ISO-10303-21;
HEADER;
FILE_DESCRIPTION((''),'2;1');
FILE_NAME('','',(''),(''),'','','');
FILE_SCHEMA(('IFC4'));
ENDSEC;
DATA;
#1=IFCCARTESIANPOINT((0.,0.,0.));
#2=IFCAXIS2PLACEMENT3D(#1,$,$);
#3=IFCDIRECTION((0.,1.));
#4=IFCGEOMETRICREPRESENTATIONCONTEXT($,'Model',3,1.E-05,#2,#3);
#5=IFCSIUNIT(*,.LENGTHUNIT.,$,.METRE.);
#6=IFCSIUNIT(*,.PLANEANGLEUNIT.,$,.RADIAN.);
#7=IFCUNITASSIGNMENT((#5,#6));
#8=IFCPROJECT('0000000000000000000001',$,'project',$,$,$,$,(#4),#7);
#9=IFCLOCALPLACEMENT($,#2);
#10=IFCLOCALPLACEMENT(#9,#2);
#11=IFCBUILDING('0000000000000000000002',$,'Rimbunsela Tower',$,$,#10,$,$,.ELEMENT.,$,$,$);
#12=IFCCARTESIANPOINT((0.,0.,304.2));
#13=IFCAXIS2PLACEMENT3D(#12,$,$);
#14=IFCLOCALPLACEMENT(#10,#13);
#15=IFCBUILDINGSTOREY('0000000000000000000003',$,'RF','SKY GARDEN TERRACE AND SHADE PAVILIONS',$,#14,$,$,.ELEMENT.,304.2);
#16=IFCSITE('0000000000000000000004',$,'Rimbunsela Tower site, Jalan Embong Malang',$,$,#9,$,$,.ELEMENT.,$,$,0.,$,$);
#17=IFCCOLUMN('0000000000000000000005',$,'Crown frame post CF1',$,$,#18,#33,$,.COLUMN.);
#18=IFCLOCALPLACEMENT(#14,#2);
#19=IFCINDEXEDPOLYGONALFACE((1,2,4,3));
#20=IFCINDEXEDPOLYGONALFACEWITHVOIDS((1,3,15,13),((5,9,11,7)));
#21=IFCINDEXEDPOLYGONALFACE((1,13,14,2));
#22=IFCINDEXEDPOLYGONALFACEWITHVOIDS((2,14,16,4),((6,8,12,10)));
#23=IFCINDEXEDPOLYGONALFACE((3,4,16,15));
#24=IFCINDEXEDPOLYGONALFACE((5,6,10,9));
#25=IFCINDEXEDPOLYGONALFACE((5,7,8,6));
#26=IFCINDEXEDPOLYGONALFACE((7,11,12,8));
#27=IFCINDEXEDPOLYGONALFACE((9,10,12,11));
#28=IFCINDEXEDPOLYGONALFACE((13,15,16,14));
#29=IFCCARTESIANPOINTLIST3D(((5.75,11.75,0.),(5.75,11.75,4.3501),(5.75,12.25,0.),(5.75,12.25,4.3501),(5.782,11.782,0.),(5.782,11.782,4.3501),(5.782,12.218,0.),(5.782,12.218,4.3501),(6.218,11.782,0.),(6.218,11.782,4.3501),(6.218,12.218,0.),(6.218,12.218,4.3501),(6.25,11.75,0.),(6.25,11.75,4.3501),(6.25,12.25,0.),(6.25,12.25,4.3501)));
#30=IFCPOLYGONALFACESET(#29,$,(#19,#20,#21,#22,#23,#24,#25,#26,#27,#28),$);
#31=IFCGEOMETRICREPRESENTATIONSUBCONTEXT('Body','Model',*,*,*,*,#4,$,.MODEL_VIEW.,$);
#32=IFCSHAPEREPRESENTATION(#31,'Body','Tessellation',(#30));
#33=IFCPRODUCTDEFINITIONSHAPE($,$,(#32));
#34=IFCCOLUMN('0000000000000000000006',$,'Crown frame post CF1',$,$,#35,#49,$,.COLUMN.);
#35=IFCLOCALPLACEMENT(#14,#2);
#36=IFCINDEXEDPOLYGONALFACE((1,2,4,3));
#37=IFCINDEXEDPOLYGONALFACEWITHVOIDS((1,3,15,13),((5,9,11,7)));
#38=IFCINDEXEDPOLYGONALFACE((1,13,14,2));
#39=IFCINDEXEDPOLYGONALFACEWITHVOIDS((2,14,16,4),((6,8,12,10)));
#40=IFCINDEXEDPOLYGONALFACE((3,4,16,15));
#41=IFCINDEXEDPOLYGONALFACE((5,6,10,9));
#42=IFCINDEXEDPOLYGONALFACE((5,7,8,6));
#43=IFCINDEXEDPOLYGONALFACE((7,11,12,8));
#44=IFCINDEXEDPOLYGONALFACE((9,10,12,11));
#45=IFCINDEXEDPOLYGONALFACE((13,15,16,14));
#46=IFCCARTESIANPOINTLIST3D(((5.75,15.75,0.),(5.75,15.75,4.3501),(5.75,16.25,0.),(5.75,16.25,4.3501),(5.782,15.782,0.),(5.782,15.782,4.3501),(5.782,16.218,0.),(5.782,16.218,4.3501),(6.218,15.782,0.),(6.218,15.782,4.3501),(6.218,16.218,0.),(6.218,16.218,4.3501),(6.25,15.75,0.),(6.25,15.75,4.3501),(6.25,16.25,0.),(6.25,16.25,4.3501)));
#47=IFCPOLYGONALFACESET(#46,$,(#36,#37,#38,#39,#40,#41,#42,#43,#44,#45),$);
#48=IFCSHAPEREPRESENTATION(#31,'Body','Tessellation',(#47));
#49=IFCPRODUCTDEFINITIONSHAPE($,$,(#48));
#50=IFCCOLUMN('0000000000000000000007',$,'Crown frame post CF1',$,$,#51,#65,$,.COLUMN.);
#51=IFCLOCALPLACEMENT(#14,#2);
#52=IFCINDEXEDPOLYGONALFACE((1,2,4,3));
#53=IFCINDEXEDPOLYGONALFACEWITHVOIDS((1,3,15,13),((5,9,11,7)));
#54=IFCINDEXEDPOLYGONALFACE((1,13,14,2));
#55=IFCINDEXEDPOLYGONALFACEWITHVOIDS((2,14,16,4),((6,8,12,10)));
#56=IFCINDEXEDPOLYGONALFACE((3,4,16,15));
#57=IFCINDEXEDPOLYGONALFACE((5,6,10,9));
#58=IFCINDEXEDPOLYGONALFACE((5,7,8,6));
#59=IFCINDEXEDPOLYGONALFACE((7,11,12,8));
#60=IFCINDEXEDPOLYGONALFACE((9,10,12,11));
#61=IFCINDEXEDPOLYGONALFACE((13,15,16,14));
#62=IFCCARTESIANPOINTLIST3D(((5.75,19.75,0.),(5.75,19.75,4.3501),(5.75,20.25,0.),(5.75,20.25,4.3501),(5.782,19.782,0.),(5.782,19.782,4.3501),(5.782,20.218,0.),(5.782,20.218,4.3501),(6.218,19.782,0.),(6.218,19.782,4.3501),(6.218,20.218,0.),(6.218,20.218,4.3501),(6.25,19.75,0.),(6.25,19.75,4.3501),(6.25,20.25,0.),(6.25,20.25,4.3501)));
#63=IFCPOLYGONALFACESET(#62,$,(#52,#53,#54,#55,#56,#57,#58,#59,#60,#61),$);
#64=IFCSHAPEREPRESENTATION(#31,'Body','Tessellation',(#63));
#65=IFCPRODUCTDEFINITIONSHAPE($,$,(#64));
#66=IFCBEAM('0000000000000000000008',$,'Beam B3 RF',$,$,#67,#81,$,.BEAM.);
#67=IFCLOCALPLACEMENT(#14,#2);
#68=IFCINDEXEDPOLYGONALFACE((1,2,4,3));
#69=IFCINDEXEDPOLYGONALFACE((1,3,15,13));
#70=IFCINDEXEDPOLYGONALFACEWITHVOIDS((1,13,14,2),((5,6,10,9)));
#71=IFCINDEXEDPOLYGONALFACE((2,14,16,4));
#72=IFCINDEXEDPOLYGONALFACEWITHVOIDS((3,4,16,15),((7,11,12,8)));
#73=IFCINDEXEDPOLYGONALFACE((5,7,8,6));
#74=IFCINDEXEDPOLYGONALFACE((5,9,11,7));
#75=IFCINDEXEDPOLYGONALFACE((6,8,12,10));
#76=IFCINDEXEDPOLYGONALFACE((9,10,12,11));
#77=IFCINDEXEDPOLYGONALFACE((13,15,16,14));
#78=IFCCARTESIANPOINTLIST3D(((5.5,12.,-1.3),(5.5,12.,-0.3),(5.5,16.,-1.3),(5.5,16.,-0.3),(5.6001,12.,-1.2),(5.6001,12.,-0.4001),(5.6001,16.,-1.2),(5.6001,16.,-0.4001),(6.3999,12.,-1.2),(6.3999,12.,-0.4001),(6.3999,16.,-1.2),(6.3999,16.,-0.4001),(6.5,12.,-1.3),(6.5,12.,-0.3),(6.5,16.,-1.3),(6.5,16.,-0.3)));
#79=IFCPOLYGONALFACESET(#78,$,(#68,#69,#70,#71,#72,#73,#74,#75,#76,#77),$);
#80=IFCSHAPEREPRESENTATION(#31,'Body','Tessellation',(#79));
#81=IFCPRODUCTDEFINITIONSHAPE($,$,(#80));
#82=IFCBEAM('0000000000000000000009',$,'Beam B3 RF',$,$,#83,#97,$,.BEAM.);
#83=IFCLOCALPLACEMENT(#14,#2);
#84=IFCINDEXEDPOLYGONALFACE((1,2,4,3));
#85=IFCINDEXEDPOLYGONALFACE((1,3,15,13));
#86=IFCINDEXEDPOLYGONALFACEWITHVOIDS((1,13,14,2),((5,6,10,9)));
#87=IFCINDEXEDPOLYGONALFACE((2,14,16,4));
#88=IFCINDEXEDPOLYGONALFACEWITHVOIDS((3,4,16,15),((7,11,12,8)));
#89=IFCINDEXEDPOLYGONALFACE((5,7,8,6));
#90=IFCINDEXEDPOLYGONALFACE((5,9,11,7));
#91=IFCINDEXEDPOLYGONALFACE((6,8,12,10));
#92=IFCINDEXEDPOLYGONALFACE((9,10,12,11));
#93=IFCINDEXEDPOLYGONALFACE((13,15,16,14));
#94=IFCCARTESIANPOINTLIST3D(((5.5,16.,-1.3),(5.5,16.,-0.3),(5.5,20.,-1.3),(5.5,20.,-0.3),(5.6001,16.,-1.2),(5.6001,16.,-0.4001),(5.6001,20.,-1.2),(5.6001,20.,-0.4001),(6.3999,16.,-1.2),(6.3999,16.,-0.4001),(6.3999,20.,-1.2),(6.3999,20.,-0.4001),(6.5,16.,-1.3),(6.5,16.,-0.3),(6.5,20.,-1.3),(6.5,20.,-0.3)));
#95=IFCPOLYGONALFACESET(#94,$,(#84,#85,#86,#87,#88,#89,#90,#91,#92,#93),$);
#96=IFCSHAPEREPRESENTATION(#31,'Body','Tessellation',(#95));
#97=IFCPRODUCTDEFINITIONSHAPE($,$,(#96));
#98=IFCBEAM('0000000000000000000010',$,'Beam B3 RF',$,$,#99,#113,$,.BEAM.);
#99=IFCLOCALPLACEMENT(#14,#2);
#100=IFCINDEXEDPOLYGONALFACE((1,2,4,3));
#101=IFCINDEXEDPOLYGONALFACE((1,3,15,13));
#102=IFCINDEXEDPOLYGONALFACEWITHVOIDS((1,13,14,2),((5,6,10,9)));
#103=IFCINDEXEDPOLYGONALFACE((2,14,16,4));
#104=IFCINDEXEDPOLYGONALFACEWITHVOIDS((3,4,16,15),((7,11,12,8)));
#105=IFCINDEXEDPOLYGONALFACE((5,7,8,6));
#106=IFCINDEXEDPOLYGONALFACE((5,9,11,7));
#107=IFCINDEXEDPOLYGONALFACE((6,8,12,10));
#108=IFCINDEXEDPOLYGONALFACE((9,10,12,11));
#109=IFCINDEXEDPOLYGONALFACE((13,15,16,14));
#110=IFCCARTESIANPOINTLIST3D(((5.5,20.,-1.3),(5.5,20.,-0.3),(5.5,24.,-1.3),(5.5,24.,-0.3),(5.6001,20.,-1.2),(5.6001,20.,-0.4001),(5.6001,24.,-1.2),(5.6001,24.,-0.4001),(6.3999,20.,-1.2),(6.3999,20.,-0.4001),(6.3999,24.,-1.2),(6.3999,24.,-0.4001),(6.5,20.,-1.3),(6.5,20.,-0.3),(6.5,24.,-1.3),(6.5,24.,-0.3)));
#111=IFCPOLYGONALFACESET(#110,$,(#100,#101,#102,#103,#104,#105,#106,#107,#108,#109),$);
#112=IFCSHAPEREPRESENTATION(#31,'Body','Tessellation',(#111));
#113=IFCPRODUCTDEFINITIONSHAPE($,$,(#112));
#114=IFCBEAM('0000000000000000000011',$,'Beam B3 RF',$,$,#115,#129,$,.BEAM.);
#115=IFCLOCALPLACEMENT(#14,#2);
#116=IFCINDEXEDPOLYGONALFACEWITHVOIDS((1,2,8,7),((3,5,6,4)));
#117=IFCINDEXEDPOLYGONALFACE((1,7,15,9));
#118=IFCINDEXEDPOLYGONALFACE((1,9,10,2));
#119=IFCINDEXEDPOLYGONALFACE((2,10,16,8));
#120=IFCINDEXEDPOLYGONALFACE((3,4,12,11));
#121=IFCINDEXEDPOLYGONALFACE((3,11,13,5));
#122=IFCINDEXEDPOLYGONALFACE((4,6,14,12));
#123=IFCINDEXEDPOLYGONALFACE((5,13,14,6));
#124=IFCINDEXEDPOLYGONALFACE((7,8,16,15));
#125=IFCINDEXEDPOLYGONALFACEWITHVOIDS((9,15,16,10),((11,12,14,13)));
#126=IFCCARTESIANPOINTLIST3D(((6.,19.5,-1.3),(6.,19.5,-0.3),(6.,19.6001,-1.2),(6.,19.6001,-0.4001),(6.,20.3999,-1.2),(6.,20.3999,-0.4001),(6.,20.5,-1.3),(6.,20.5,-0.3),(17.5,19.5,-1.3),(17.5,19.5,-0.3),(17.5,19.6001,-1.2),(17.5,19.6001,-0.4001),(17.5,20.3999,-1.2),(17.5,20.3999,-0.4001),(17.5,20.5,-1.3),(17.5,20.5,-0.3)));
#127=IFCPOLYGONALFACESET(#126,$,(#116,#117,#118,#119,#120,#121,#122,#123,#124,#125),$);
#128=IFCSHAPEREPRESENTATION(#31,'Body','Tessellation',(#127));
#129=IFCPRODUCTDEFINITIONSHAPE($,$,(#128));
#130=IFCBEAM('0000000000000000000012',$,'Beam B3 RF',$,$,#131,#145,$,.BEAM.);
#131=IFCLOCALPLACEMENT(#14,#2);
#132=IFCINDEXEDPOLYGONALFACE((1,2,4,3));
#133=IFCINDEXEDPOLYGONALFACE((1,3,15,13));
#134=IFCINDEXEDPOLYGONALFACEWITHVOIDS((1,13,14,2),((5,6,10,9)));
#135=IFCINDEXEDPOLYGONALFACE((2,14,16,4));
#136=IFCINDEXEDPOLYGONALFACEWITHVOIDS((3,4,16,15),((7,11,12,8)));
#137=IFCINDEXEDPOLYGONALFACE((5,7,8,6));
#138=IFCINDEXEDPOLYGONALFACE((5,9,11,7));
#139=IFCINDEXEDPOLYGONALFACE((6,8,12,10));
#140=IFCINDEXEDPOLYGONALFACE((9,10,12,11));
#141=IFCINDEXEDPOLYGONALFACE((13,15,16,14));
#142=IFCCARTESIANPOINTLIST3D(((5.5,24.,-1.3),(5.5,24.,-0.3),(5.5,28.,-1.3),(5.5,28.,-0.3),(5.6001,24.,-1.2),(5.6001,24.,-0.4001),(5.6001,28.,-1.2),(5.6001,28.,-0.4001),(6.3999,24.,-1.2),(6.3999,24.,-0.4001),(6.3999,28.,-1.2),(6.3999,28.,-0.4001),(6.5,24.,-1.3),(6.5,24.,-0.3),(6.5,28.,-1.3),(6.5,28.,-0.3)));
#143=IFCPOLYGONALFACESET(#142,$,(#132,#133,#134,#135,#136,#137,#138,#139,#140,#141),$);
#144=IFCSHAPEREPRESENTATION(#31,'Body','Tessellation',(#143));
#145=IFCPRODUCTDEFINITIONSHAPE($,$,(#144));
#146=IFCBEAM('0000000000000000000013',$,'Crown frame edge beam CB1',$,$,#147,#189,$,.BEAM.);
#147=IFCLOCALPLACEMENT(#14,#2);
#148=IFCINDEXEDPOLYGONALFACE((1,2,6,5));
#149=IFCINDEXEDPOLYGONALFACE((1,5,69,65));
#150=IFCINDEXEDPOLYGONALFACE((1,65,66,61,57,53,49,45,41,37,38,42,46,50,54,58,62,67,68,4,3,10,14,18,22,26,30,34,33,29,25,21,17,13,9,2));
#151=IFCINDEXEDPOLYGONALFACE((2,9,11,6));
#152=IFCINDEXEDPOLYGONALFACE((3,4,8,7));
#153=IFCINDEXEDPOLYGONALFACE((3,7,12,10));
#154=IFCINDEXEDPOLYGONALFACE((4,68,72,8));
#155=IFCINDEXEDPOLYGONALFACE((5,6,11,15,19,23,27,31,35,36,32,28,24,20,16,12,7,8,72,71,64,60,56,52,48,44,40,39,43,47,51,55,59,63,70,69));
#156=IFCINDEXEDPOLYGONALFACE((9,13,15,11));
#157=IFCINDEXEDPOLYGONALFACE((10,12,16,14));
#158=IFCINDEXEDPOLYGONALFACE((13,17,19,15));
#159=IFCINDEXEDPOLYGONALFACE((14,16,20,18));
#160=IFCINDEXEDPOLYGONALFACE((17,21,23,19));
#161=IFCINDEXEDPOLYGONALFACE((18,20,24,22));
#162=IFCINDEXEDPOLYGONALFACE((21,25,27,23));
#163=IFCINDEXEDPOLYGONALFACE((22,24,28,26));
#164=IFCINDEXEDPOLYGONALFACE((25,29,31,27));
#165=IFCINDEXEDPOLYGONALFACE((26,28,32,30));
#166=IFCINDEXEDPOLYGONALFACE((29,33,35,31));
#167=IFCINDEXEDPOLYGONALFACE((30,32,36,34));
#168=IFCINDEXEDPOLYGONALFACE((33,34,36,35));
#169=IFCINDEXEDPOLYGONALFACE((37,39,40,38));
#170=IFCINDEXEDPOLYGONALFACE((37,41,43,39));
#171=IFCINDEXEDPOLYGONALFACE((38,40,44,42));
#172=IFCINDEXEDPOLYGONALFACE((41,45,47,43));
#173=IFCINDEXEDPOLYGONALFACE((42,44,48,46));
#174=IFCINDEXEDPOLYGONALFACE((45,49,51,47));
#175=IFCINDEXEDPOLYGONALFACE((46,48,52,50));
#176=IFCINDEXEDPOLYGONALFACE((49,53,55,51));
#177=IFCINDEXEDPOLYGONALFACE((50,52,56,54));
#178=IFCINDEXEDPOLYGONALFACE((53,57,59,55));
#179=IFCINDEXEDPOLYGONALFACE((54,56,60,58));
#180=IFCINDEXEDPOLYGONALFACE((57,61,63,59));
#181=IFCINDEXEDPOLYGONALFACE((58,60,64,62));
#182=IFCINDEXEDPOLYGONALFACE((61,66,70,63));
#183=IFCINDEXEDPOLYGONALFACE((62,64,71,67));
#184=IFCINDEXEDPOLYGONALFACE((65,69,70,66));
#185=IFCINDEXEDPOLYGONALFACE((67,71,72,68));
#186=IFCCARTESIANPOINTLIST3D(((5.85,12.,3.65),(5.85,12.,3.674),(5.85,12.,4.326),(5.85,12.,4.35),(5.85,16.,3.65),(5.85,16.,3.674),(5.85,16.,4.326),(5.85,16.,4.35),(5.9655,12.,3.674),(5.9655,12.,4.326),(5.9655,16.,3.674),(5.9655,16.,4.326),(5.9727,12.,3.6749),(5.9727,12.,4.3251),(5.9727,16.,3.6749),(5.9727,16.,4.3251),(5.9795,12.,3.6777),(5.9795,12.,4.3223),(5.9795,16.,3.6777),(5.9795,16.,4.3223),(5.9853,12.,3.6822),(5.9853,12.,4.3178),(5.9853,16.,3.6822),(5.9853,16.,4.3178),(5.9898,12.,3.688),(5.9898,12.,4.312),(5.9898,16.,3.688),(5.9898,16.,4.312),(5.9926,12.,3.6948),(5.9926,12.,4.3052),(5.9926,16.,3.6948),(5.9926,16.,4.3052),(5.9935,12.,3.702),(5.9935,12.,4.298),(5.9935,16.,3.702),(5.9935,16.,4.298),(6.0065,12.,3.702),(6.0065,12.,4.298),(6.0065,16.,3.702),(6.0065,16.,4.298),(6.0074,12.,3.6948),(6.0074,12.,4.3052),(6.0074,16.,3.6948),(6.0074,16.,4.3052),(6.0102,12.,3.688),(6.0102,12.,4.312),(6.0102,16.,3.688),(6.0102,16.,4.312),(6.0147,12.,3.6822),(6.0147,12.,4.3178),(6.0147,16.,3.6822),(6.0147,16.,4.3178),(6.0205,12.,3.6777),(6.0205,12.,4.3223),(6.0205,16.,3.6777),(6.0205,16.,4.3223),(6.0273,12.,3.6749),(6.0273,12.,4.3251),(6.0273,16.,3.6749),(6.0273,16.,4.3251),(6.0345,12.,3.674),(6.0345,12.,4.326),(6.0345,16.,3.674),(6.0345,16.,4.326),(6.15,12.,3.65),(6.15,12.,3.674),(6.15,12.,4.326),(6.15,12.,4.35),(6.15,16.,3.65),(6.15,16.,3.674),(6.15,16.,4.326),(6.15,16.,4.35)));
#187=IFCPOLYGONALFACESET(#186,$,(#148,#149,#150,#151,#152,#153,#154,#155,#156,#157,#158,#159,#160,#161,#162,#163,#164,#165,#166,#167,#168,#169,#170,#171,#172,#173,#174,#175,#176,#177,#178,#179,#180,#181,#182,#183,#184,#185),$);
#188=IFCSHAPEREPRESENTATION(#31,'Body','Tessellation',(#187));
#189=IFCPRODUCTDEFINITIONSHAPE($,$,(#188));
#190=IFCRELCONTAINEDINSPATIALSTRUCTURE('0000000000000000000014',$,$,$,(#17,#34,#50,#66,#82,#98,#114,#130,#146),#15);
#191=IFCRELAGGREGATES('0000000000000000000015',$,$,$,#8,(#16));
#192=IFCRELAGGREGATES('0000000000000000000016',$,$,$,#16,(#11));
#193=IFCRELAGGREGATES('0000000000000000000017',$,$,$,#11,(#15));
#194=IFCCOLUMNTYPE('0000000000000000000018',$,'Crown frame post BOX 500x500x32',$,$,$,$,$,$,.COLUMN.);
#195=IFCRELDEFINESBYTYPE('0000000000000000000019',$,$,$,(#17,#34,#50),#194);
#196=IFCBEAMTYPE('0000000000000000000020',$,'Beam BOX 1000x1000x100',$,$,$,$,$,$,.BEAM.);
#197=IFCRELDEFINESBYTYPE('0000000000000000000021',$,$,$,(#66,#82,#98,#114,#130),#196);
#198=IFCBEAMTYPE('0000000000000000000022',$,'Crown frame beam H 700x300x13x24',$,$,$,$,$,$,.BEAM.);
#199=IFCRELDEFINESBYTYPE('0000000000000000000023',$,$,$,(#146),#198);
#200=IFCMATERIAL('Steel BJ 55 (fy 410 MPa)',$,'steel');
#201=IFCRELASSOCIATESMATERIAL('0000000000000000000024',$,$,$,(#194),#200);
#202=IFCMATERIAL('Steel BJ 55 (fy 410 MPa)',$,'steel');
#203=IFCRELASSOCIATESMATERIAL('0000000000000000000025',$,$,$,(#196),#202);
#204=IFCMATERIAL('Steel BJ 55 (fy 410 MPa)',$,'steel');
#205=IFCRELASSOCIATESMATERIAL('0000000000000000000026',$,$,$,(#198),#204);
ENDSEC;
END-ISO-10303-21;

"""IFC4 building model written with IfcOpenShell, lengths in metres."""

from ifc_helpers import new_model, si_unit, direction, frame, origin, origin_2d, place, context, subcontext, project, spatial, hollow_rectangle, i_section, extrude, material, material_profile, profile_set, type_object, element, save


model = new_model("IFC4")

# Units and contexts
model_context = context("Model", 3, precision=1e-05, world=origin(), true_north=direction((0.0, 1.0)))
body_context = subcontext(model_context, "Body", "Model", "MODEL_VIEW")
ifc_project = project(units=[si_unit("LENGTHUNIT", "METRE"), si_unit("PLANEANGLEUNIT", "RADIAN")], contexts=[model_context])

# Site, building, storey
site_placement = place(None, origin())
site = spatial("IfcSite", under=ifc_project, at=site_placement, Name="Rimbunsela Tower site, Jalan Embong Malang", CompositionType="ELEMENT", RefElevation=0.0)
building_placement = place(site_placement, origin())
building = spatial("IfcBuilding", under=site, at=building_placement, Name="Rimbunsela Tower", CompositionType="ELEMENT")
storey_placement = place(building_placement, frame((0.0, 0.0, 304.2)))
storey = spatial("IfcBuildingStorey", under=building, at=storey_placement, Name="RF", Description="SKY GARDEN TERRACE AND SHADE PAVILIONS", CompositionType="ELEMENT", Elevation=304.2)

# Columns
ifc_material_1 = material(Name="Steel BJ 55 (fy 410 MPa)", Category="steel")
ifc_material_profile_1 = material_profile(ifc_material_1, hollow_rectangle(XDim=0.5, YDim=0.5, WallThickness=0.032, at=origin_2d()), Name="BOX 500x500x32")
ifc_profile_set_1 = profile_set([ifc_material_profile_1], Name="Steel BJ 55 (fy 410 MPa)")
column_type = type_object("IfcColumnType", Name="Crown frame post BOX 500x500x32", PredefinedType="COLUMN", material=ifc_profile_set_1)
for number, where, z_axis, x_axis, name in (
    (1, (6.0, 12.0, 0.0), (0.0, 0.0, 1.0), (1.0, 0.0, 0.0), "Crown frame post CF1"),
    (2, (6.0, 16.0, 0.0), (0.0, 0.0, 1.0), (1.0, 0.0, 0.0), "Crown frame post CF1"),
    (3, (6.0, 20.0, 0.0), (0.0, 0.0, 1.0), (1.0, 0.0, 0.0), "Crown frame post CF1"),
):
    element("IfcColumn", number, at=place(storey_placement, frame(where, z_axis=z_axis, x_axis=x_axis)), inside=storey, type_object=column_type, Name=name, PredefinedType="COLUMN", context=body_context, shape_type="SweptSolid", body=[
        extrude(hollow_rectangle(XDim=0.5, YDim=0.5, WallThickness=0.032, at=origin_2d()), origin(), (0.0, 0.0, 1.0), 4.3501),
    ])

# Beams
ifc_material_2 = material(Name="Steel BJ 55 (fy 410 MPa)", Category="steel")
ifc_material_profile_2 = material_profile(ifc_material_2, hollow_rectangle(XDim=1.0, YDim=1.0, WallThickness=0.1001, at=origin_2d()), Name="BOX 1000x1000x100")
ifc_profile_set_2 = profile_set([ifc_material_profile_2], Name="Steel BJ 55 (fy 410 MPa)")
beam_type_1 = type_object("IfcBeamType", Name="Beam BOX 1000x1000x100", PredefinedType="BEAM", material=ifc_profile_set_2)
for number, where, z_axis, x_axis, name in (
    (4, (6.0, 12.0, -0.8), (0.0, 1.0, 0.0), (-1.0, 0.0, 0.0), "Beam B3 RF"),
    (5, (6.0, 16.0, -0.8), (0.0, 1.0, 0.0), (-1.0, 0.0, 0.0), "Beam B3 RF"),
    (6, (6.0, 20.0, -0.8), (0.0, 1.0, 0.0), (-1.0, 0.0, 0.0), "Beam B3 RF"),
):
    element("IfcBeam", number, at=place(storey_placement, frame(where, z_axis=z_axis, x_axis=x_axis)), inside=storey, type_object=beam_type_1, Name=name, PredefinedType="BEAM", context=body_context, shape_type="SweptSolid", body=[
        extrude(hollow_rectangle(XDim=1.0, YDim=1.0, WallThickness=0.1001, at=origin_2d()), origin(), (0.0, 0.0, 1.0), 4.0),
    ])
beam_1_placement = place(storey_placement, frame((6.0, 20.0, -0.8), z_axis=(1.0, 0.0, 0.0), x_axis=(0.0, 1.0, 0.0)))
element("IfcBeam", 7, at=beam_1_placement, inside=storey, type_object=beam_type_1, Name="Beam B3 RF", PredefinedType="BEAM", context=body_context, shape_type="SweptSolid", body=[
    extrude(hollow_rectangle(XDim=1.0, YDim=1.0, WallThickness=0.1001, at=origin_2d()), origin(), (0.0, 0.0, 1.0), 11.5),
])
beam_2_placement = place(storey_placement, frame((6.0, 24.0, -0.8), z_axis=(0.0, 1.0, 0.0), x_axis=(-1.0, 0.0, 0.0)))
element("IfcBeam", 8, at=beam_2_placement, inside=storey, type_object=beam_type_1, Name="Beam B3 RF", PredefinedType="BEAM", context=body_context, shape_type="SweptSolid", body=[
    extrude(hollow_rectangle(XDim=1.0, YDim=1.0, WallThickness=0.1001, at=origin_2d()), origin(), (0.0, 0.0, 1.0), 4.0),
])
ifc_material_3 = material(Name="Steel BJ 55 (fy 410 MPa)", Category="steel")
ifc_material_profile_3 = material_profile(ifc_material_3, i_section(OverallWidth=0.3, OverallDepth=0.7, WebThickness=0.0129, FlangeThickness=0.0239, FilletRadius=0.0281, at=origin_2d()), Name="H 700x300x13x24")
ifc_profile_set_3 = profile_set([ifc_material_profile_3], Name="Steel BJ 55 (fy 410 MPa)")
beam_type_2 = type_object("IfcBeamType", Name="Crown frame beam H 700x300x13x24", PredefinedType="BEAM", material=ifc_profile_set_3)
for number, where, z_axis, x_axis, name in (
    (9, (6.0, 12.0, 4.0), (0.0, 1.0, 0.0), (-1.0, 0.0, 0.0), "Crown frame edge beam CB1"),
):
    element("IfcBeam", number, at=place(storey_placement, frame(where, z_axis=z_axis, x_axis=x_axis)), inside=storey, type_object=beam_type_2, Name=name, PredefinedType="BEAM", context=body_context, shape_type="SweptSolid", body=[
        extrude(i_section(OverallWidth=0.3, OverallDepth=0.7, WebThickness=0.0129, FlangeThickness=0.0239, FilletRadius=0.0281, at=origin_2d()), origin(), (0.0, 0.0, 1.0), 4.0),
    ])

save(model, "model.ifc")
